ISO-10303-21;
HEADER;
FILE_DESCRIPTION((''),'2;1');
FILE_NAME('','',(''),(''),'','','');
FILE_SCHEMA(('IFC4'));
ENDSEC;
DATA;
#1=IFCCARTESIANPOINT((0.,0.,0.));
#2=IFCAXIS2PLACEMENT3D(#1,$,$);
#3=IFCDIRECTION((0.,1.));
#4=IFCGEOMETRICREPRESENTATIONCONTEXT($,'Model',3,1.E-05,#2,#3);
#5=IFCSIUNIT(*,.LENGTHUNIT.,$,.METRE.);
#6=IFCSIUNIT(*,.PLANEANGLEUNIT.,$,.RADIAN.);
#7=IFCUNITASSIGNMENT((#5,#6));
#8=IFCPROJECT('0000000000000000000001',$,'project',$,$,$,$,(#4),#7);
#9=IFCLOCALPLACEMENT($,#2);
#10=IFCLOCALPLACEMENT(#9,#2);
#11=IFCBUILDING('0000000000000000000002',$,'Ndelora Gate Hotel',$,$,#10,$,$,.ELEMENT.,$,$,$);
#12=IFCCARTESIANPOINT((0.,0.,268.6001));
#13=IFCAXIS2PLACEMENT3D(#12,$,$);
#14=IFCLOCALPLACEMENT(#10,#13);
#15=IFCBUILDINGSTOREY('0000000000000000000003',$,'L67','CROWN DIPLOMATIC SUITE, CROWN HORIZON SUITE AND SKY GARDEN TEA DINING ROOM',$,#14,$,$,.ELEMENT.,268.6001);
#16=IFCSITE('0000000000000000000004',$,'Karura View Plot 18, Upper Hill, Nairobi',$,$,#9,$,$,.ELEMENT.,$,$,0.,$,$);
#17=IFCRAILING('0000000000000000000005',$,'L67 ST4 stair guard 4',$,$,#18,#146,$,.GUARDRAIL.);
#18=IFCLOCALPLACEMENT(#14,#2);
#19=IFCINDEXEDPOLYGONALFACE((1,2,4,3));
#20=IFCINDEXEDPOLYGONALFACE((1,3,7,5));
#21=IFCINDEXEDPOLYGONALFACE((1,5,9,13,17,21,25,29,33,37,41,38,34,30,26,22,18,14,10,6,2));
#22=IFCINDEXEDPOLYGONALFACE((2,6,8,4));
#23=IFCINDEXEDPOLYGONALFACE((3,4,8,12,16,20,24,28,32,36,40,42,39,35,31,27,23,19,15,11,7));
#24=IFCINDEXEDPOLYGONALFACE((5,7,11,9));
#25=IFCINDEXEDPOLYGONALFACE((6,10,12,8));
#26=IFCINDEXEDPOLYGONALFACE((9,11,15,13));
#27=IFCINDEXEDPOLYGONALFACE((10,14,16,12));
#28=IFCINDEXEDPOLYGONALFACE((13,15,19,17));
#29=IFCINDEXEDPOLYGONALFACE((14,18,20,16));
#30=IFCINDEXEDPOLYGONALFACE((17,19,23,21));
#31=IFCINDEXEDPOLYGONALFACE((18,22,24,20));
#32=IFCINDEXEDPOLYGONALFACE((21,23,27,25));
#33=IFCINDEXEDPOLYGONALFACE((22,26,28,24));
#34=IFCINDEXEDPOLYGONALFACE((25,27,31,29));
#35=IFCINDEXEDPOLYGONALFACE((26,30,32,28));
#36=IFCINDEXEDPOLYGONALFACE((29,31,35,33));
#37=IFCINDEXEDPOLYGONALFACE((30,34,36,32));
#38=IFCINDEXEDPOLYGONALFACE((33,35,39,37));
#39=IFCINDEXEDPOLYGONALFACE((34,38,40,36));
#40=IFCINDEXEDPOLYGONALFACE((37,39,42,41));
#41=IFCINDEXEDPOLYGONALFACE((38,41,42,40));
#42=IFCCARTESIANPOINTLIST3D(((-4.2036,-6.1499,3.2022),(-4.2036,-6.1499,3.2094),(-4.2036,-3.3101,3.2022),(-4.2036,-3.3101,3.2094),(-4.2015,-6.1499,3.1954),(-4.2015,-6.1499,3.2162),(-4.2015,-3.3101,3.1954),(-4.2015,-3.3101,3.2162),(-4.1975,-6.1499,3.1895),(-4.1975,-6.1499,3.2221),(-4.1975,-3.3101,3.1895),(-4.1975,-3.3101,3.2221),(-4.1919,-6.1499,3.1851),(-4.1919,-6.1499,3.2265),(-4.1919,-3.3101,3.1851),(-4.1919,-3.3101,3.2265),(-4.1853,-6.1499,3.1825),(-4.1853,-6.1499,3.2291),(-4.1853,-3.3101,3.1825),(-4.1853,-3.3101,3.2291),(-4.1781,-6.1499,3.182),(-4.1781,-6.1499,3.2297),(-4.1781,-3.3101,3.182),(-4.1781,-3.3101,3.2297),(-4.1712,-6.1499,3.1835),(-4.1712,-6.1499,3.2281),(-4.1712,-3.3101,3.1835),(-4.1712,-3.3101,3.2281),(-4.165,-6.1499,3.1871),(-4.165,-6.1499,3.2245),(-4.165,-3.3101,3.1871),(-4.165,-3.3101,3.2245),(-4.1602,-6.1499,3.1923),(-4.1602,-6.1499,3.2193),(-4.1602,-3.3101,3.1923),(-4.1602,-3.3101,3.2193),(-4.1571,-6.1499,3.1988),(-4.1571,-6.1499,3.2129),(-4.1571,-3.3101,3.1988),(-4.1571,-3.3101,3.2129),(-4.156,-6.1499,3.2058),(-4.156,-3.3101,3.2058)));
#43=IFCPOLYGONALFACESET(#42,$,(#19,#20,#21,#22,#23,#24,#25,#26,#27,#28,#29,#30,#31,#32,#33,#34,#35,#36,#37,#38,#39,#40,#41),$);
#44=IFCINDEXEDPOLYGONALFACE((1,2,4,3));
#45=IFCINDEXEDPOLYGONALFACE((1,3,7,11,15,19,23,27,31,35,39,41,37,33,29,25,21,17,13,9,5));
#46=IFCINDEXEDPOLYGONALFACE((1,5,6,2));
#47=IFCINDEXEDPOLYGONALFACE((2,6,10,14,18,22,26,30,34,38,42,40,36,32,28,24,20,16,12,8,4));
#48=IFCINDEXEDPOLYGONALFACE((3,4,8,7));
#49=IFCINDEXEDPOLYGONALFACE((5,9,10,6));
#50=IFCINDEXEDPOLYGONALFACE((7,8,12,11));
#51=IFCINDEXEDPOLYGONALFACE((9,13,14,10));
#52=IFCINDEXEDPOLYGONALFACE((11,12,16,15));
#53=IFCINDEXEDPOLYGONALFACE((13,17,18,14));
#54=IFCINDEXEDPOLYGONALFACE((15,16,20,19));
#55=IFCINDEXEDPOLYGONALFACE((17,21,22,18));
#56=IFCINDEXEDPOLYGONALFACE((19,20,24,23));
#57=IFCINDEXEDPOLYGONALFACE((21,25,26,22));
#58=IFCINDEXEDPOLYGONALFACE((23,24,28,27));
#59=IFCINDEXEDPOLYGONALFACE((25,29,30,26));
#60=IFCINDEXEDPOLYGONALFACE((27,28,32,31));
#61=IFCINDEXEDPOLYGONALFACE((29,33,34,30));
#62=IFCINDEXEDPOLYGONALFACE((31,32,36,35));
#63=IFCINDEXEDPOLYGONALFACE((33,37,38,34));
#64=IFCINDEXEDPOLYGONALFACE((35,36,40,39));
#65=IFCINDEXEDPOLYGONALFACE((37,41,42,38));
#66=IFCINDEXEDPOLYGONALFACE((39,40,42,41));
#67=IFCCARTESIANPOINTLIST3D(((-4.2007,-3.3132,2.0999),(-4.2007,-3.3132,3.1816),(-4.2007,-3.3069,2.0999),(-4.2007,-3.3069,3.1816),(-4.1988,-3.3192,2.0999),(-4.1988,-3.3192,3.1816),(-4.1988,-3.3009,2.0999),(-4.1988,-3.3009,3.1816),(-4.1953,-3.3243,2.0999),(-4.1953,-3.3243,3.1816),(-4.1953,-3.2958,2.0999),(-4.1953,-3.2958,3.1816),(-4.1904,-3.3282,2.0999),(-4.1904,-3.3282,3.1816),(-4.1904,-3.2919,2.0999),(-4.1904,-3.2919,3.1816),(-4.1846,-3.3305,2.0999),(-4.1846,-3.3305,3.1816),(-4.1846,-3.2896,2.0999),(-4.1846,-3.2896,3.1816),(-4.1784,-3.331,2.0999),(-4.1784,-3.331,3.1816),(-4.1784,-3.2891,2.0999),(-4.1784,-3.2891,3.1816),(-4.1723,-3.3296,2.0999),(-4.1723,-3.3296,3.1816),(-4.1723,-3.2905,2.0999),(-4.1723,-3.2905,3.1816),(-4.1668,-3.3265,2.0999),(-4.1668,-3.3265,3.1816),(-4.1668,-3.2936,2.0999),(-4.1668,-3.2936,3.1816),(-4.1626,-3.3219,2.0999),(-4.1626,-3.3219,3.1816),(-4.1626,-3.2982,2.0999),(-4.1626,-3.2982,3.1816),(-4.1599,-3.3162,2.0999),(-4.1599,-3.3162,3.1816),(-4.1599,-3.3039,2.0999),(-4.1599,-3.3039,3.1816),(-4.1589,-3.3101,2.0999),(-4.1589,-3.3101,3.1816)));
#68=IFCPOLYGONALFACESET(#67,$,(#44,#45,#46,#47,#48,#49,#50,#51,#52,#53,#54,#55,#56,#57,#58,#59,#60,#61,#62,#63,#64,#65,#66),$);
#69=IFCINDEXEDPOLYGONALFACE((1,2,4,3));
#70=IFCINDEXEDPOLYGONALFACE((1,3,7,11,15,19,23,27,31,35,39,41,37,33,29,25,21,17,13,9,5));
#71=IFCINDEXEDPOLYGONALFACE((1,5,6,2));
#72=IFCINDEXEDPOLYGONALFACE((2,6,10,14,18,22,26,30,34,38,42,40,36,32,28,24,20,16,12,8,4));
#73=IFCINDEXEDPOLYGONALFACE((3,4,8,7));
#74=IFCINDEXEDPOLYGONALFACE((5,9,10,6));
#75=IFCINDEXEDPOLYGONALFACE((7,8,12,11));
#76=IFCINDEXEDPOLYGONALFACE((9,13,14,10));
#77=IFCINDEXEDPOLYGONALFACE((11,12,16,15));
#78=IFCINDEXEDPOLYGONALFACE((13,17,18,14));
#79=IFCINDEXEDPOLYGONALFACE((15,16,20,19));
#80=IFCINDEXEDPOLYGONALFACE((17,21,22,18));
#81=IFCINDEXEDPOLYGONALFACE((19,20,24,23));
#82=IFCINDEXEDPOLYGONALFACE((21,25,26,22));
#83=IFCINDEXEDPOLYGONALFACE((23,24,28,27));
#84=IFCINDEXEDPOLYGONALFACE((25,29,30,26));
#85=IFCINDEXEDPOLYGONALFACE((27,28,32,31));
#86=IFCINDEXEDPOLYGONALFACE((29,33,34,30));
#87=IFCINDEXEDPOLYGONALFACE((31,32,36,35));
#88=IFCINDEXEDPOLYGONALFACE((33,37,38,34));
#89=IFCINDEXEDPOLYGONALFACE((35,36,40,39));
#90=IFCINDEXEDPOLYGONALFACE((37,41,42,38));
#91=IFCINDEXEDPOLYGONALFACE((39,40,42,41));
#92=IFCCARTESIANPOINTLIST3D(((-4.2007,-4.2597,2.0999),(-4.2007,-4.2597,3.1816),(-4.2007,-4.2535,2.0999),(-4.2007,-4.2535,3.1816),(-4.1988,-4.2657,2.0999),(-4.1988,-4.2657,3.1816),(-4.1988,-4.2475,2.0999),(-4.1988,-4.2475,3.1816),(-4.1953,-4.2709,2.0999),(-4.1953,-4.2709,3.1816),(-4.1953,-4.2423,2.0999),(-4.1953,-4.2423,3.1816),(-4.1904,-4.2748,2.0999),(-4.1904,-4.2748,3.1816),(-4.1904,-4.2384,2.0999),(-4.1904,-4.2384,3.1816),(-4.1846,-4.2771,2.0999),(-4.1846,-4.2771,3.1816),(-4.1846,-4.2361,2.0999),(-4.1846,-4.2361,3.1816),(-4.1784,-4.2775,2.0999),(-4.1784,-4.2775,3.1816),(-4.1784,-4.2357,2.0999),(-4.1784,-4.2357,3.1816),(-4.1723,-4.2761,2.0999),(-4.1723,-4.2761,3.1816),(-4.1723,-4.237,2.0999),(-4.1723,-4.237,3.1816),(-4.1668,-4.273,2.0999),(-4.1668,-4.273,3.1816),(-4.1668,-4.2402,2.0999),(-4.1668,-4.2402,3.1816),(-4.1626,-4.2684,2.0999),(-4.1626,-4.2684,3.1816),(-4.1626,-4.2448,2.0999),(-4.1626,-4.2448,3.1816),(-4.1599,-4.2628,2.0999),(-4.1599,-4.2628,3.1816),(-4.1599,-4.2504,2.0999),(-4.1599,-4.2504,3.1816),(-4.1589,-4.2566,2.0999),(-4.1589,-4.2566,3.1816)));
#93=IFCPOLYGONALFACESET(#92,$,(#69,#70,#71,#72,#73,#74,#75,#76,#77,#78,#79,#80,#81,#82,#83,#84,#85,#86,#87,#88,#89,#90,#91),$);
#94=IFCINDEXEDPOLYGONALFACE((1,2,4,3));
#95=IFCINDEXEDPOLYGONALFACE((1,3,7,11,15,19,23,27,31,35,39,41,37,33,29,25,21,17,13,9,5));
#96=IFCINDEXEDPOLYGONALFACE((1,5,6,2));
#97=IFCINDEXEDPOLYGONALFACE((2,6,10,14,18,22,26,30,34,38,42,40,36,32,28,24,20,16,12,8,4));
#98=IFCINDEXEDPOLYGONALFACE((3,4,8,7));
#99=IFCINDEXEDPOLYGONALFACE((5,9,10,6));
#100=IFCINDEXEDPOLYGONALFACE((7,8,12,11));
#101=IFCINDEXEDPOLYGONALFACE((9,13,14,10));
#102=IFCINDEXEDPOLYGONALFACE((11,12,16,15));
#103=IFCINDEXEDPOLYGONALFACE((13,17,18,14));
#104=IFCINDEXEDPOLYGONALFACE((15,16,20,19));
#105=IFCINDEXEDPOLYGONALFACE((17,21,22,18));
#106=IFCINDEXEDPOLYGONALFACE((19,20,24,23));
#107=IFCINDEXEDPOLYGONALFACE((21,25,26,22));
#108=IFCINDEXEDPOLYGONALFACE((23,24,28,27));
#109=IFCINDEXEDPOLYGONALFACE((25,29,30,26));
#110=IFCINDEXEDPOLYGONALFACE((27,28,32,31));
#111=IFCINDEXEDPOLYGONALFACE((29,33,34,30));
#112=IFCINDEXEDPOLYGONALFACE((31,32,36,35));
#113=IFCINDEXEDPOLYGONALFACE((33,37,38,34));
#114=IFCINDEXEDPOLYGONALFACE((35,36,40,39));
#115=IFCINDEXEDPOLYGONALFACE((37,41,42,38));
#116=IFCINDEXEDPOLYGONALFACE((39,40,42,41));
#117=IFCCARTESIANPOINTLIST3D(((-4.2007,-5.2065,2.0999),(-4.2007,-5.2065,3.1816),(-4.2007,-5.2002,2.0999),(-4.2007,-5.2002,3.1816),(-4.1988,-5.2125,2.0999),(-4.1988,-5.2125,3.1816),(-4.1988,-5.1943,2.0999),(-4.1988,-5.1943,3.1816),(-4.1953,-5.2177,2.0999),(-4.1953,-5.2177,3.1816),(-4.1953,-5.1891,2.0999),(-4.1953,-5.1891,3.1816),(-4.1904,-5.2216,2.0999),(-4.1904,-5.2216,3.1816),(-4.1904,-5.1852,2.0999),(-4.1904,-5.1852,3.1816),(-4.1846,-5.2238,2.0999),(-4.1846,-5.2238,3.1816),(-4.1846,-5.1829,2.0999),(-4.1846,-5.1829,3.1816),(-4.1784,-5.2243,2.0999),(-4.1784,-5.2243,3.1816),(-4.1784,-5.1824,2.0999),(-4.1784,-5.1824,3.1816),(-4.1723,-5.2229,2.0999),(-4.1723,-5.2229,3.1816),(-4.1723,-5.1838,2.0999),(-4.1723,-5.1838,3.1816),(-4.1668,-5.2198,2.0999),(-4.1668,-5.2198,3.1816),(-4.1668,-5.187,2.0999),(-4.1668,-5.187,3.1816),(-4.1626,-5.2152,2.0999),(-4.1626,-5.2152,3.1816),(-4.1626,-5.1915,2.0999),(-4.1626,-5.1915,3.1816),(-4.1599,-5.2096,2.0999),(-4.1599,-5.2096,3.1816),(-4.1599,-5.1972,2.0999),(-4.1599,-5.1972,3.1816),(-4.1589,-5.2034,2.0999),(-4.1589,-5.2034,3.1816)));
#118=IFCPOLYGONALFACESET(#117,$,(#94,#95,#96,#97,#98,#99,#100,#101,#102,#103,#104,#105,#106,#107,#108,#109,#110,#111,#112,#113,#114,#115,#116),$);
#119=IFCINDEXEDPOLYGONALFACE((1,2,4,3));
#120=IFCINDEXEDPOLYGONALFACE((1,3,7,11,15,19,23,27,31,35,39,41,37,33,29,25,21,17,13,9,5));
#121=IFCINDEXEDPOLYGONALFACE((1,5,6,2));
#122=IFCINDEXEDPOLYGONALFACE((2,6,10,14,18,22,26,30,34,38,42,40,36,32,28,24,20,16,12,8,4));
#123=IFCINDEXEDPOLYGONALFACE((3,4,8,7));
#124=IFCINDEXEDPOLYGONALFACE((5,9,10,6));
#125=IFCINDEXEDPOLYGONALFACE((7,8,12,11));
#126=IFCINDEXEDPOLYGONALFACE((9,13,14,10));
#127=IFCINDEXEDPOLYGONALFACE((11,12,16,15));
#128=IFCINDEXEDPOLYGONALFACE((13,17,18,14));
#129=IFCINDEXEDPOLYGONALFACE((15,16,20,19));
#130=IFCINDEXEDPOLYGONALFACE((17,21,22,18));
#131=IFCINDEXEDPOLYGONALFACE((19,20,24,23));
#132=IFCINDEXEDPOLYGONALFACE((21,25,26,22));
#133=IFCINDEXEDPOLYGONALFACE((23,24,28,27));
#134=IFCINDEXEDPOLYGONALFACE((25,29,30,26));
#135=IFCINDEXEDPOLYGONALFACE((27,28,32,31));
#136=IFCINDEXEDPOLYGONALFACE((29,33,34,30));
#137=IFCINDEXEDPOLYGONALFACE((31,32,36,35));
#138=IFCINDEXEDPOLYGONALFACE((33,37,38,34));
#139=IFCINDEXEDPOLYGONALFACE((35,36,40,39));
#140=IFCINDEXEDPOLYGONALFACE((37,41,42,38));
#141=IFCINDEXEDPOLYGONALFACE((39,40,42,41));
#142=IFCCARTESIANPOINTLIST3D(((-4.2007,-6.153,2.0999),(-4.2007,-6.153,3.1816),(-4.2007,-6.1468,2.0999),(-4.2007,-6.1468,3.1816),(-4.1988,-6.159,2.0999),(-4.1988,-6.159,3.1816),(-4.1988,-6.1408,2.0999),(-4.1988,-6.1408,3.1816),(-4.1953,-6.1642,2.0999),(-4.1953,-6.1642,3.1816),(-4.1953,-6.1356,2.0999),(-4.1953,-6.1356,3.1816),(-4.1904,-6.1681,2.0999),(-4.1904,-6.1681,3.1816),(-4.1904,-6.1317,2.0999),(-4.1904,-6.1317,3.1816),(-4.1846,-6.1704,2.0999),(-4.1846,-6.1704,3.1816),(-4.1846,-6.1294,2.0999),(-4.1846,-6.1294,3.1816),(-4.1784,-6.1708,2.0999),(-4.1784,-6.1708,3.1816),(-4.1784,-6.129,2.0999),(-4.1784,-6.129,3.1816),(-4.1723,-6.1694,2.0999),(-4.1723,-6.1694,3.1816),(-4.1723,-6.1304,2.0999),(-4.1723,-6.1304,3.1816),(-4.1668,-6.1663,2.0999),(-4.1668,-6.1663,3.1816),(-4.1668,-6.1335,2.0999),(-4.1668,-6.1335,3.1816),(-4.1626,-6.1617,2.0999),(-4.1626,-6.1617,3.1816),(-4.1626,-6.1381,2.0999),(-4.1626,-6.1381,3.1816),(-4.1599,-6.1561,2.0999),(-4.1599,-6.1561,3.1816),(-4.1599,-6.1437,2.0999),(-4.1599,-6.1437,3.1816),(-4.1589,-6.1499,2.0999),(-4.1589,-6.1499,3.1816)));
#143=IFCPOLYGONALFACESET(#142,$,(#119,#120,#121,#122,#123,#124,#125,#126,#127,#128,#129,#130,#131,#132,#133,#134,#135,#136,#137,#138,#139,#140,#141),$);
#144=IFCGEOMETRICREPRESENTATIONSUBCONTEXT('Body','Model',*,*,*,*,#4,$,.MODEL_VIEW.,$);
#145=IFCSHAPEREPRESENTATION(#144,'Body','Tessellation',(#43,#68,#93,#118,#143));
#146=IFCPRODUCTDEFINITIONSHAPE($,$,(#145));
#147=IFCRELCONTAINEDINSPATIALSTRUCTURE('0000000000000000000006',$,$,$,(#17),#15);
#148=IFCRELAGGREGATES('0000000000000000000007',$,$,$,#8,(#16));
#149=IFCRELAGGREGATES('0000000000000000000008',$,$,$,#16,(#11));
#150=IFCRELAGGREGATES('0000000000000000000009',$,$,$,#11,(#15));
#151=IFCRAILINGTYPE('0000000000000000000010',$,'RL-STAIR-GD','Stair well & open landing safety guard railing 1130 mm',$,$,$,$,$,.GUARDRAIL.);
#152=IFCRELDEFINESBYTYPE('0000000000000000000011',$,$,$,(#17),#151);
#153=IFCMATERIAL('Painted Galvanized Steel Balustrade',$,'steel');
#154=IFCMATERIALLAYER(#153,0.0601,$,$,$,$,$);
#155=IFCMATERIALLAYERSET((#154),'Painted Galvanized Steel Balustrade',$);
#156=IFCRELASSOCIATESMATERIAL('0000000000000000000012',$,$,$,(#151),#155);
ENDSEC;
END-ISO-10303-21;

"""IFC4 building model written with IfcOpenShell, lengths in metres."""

from ifc_helpers import new_model, si_unit, direction, frame, origin, origin_2d, place, context, subcontext, project, spatial, circle, extrude, material, layer, layer_set, type_object, element, save


model = new_model("IFC4")

# Units and contexts
model_context = context("Model", 3, precision=1e-05, world=origin(), true_north=direction((0.0, 1.0)))
body_context = subcontext(model_context, "Body", "Model", "MODEL_VIEW")
ifc_project = project(units=[si_unit("LENGTHUNIT", "METRE"), si_unit("PLANEANGLEUNIT", "RADIAN")], contexts=[model_context])

# Site, building, storey
site_placement = place(None, origin())
site = spatial("IfcSite", under=ifc_project, at=site_placement, Name="Karura View Plot 18, Upper Hill, Nairobi", CompositionType="ELEMENT", RefElevation=0.0)
building_placement = place(site_placement, origin())
building = spatial("IfcBuilding", under=site, at=building_placement, Name="Ndelora Gate Hotel", CompositionType="ELEMENT")
storey_placement = place(building_placement, frame((0.0, 0.0, 268.6001)))
storey = spatial("IfcBuildingStorey", under=building, at=storey_placement, Name="L67", Description="CROWN DIPLOMATIC SUITE, CROWN HORIZON SUITE AND SKY GARDEN TEA DINING ROOM", CompositionType="ELEMENT", Elevation=268.6001)

# Railing
ifc_material_1 = material(Name="Painted Galvanized Steel Balustrade", Category="steel")
ifc_layer_1 = layer(ifc_material_1, 0.0601)
ifc_layer_set_1 = layer_set([ifc_layer_1], Name="Painted Galvanized Steel Balustrade")
railing_type_1 = type_object("IfcRailingType", Name="RL-STAIR-GD", Description="Stair well & open landing safety guard railing 1130 mm", PredefinedType="GUARDRAIL", material=ifc_layer_set_1)
for number, where, name in (
    (1, (-4.1799, -3.3101, 2.0999), "L67 ST4 stair guard 4"),
):
    element("IfcRailing", number, at=place(storey_placement, frame(where)), inside=storey, type_object=railing_type_1, Name=name, PredefinedType="GUARDRAIL", context=body_context, shape_type="SweptSolid", body=[
        extrude(circle(Radius=0.0239, at=origin_2d()), frame((0.0, 0.0, 1.106), z_axis=(0.0, -1.0, 0.0), x_axis=(1.0, 0.0, 0.0)), (0.0, 0.0, 1.0), 2.8398),
        extrude(circle(Radius=0.021, at=origin_2d()), origin(), (0.0, 0.0, 1.0), 1.0818),
        extrude(circle(Radius=0.021, at=origin_2d()), frame((0.0, -0.9465, 0.0)), (0.0, 0.0, 1.0), 1.0818),
        extrude(circle(Radius=0.021, at=origin_2d()), frame((0.0, -1.8933, 0.0)), (0.0, 0.0, 1.0), 1.0818),
        extrude(circle(Radius=0.021, at=origin_2d()), frame((0.0, -2.8398, 0.0)), (0.0, 0.0, 1.0), 1.0818),
    ])

save(model, "model.ifc")
